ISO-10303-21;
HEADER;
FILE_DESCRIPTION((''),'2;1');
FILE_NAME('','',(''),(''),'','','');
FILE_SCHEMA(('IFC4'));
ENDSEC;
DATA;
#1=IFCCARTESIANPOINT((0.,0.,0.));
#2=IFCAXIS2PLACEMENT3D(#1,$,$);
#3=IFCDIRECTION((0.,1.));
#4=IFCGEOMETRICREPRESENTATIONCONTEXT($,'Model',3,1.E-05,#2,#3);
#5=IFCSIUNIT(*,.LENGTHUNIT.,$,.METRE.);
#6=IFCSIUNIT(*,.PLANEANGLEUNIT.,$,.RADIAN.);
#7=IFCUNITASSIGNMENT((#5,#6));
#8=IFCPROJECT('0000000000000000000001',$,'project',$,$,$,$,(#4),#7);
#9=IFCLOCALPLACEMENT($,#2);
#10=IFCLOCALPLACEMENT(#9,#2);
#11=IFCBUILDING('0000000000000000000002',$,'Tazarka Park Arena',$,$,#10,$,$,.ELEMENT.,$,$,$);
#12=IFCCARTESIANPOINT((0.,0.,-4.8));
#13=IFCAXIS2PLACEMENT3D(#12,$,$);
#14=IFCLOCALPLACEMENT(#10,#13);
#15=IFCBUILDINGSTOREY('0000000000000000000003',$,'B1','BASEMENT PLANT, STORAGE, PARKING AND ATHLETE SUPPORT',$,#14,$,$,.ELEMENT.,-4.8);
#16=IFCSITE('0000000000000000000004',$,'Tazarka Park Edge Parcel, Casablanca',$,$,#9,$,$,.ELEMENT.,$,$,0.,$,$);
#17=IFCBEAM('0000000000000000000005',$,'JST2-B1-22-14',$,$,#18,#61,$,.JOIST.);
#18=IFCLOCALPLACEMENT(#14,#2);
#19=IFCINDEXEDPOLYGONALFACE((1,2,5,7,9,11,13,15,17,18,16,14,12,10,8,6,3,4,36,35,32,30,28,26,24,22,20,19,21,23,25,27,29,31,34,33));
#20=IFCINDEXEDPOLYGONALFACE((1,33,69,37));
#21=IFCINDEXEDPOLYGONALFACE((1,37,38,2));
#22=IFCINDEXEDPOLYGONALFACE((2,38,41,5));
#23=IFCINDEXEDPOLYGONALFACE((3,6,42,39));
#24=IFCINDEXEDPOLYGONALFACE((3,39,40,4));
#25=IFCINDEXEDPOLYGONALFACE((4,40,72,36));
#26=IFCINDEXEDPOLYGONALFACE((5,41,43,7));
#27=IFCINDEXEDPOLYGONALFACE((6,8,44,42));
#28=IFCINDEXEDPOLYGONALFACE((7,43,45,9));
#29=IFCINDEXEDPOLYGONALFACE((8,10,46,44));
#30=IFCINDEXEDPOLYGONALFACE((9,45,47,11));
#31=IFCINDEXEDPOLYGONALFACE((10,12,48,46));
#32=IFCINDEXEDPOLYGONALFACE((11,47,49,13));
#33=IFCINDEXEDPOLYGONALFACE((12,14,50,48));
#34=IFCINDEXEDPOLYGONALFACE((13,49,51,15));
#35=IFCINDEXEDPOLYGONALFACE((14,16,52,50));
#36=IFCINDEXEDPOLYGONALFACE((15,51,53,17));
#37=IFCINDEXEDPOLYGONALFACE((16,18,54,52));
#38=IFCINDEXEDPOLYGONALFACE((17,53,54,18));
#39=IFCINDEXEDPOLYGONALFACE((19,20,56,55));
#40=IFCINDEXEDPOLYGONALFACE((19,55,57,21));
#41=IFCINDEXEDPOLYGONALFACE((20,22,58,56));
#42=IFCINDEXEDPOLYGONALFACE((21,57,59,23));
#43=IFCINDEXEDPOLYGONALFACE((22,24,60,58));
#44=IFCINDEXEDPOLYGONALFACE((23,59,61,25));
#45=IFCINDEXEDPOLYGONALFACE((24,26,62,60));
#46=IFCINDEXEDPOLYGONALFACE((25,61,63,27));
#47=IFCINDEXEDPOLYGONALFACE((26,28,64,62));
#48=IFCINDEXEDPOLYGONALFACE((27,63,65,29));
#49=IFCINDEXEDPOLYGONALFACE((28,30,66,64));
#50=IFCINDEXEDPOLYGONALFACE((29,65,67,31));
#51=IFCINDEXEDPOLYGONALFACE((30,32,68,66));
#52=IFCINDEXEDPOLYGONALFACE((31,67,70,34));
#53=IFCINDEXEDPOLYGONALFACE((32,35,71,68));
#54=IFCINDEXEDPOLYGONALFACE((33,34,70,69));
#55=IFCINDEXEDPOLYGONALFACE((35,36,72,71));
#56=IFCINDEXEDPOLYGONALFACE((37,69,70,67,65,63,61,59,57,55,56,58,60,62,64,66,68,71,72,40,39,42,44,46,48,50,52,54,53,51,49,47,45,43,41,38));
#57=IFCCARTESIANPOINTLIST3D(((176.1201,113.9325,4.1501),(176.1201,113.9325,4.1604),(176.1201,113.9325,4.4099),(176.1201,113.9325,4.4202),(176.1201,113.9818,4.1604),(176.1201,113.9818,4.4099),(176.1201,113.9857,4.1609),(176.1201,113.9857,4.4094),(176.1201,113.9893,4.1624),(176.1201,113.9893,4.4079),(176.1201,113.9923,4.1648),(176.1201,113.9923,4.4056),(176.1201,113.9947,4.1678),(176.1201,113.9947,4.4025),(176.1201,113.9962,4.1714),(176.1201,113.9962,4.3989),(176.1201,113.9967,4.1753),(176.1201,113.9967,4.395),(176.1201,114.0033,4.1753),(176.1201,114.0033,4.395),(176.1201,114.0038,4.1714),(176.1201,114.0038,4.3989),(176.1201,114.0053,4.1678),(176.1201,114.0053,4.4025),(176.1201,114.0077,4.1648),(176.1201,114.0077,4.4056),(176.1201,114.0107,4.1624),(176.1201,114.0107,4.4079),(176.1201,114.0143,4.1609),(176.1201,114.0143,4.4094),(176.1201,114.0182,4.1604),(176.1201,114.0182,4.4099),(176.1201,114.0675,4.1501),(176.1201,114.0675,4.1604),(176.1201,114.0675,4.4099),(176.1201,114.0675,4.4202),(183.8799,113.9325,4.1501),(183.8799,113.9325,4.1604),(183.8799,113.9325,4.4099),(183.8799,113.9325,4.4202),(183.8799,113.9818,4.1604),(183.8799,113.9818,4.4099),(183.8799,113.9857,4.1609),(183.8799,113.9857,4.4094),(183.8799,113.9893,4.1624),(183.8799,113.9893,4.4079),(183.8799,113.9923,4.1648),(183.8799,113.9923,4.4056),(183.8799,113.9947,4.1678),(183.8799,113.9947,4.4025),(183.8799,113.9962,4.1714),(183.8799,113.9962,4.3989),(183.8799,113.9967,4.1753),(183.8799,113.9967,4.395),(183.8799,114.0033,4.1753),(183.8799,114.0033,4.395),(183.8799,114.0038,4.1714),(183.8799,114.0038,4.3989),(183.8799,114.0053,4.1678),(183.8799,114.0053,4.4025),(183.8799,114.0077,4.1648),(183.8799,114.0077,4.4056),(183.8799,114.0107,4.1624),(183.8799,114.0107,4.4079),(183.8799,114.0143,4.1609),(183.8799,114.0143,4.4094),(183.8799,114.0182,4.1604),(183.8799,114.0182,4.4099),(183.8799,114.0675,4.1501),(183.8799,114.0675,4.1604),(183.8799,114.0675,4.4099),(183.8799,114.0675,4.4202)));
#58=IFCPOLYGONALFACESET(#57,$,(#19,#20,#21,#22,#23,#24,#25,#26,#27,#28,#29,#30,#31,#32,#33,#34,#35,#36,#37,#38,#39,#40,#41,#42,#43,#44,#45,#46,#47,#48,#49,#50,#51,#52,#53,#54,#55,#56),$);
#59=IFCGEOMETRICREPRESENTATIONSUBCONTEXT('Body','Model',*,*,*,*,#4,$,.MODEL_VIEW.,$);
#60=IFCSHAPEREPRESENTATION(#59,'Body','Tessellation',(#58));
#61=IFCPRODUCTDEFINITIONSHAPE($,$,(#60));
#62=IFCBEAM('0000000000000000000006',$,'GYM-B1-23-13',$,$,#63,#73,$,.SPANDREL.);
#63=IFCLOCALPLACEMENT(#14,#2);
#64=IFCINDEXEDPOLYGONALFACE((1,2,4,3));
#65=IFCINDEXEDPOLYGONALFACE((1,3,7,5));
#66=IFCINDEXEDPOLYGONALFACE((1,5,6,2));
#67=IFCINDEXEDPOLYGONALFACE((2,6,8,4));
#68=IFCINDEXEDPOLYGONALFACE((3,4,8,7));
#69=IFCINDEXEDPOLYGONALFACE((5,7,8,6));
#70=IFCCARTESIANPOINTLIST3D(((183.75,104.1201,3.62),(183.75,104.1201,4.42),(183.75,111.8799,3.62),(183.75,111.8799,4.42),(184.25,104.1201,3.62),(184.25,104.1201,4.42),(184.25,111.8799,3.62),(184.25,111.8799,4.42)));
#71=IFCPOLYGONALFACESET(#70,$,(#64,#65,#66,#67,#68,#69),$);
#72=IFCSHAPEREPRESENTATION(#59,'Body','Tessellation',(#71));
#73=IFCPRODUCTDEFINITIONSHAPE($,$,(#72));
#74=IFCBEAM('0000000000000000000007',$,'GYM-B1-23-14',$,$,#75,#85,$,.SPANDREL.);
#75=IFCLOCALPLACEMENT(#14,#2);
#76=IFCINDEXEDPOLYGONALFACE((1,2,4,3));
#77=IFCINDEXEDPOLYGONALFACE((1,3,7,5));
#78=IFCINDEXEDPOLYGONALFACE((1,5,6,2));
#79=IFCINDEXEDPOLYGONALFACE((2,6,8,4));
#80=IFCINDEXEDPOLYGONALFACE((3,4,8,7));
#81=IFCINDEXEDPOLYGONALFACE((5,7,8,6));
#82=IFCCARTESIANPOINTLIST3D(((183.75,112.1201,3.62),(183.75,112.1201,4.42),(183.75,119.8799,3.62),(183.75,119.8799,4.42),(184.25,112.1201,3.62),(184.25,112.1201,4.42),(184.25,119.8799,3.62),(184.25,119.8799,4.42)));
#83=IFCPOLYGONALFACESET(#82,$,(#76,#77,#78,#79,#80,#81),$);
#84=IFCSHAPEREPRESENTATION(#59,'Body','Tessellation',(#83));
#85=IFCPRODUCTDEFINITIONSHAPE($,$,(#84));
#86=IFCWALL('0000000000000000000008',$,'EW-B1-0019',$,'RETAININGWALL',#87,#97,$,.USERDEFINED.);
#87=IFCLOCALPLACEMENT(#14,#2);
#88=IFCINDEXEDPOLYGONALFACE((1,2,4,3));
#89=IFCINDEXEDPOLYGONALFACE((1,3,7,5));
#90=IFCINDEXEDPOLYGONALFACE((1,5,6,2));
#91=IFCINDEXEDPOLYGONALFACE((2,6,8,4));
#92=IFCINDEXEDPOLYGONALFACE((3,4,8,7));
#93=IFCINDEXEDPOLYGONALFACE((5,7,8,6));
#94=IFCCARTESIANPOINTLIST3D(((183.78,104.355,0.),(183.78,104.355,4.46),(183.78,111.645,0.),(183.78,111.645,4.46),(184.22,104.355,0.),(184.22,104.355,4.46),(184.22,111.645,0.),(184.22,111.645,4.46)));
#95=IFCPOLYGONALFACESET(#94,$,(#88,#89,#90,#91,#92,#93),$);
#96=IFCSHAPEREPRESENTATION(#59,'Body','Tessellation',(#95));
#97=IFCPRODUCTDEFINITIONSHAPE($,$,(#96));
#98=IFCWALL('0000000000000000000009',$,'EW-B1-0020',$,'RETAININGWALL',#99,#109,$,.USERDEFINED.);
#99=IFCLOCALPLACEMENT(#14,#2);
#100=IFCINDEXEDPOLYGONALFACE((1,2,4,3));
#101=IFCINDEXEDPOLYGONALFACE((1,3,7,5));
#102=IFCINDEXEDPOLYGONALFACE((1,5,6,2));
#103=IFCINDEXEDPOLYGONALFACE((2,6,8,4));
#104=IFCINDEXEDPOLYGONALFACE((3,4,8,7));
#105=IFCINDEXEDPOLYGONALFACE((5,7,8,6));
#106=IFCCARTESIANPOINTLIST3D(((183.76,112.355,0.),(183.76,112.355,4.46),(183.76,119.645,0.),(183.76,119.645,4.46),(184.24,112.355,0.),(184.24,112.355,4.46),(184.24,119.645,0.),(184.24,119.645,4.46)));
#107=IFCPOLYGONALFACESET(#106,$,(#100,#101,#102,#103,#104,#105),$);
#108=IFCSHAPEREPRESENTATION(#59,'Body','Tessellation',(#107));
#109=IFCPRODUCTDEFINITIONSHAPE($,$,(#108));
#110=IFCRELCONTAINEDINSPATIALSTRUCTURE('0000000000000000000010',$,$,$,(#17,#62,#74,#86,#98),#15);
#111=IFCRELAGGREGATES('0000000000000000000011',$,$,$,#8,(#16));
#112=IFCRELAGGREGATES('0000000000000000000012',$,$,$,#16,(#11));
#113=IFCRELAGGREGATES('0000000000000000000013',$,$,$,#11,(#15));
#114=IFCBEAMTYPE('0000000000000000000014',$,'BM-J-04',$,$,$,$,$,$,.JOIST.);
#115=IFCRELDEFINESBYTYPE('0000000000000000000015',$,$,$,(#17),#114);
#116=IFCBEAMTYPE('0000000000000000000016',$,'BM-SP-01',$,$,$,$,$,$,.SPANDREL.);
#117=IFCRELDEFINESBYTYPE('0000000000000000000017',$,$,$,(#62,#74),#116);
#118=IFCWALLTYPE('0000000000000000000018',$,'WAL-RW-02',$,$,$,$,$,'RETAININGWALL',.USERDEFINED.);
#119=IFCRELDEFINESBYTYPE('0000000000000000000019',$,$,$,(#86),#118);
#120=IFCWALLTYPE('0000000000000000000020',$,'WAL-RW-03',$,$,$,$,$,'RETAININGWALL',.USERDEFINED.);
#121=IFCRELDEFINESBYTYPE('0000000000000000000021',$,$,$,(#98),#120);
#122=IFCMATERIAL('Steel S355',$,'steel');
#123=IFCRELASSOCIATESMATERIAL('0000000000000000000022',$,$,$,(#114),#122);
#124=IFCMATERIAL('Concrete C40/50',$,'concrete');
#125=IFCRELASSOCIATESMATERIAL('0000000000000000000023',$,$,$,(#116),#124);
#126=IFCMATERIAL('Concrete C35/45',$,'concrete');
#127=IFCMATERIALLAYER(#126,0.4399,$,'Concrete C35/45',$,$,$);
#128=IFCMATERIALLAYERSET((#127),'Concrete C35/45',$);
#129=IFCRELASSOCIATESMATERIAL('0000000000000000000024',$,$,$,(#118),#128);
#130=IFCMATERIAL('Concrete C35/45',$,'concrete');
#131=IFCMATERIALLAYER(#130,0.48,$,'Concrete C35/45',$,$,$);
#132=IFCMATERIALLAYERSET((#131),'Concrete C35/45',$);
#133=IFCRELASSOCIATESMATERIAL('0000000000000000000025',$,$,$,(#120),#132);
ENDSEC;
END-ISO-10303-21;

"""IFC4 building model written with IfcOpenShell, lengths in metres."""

from ifc_helpers import new_model, si_unit, direction, frame, frame_2d, origin, origin_2d, place, context, subcontext, project, spatial, rectangle, i_section, extrude, material, layer, layer_set, material_profile, profile_set, type_object, element, save


model = new_model("IFC4")

# Units and contexts
model_context = context("Model", 3, precision=1e-05, world=origin(), true_north=direction((0.0, 1.0)))
body_context = subcontext(model_context, "Body", "Model", "MODEL_VIEW")
ifc_project = project(units=[si_unit("LENGTHUNIT", "METRE"), si_unit("PLANEANGLEUNIT", "RADIAN")], contexts=[model_context])

# Site, building, storey
site_placement = place(None, origin())
site = spatial("IfcSite", under=ifc_project, at=site_placement, Name="Tazarka Park Edge Parcel, Casablanca", CompositionType="ELEMENT", RefElevation=0.0)
building_placement = place(site_placement, origin())
building = spatial("IfcBuilding", under=site, at=building_placement, Name="Tazarka Park Arena", CompositionType="ELEMENT")
storey_placement = place(building_placement, frame((0.0, 0.0, -4.8)))
storey = spatial("IfcBuildingStorey", under=building, at=storey_placement, Name="B1", Description="BASEMENT PLANT, STORAGE, PARKING AND ATHLETE SUPPORT", CompositionType="ELEMENT", Elevation=-4.8)

# Beams
ifc_material_1 = material(Name="Steel S355", Category="steel")
ifc_material_profile_1 = material_profile(ifc_material_1, i_section(OverallWidth=0.135, OverallDepth=0.27, WebThickness=0.0066, FlangeThickness=0.0103, FilletRadius=0.0149, at=origin_2d()), Name="Steel S355")
ifc_profile_set_1 = profile_set([ifc_material_profile_1], Name="Steel S355")
beam_type_1 = type_object("IfcBeamType", Name="BM-J-04", PredefinedType="JOIST", material=ifc_profile_set_1)
beam_1_placement = place(storey_placement, frame((176.1201, 114.0, 4.2852), z_axis=(1.0, 0.0, 0.0), x_axis=(0.0, 1.0, 0.0)))
element("IfcBeam", 1, at=beam_1_placement, inside=storey, type_object=beam_type_1, Name="JST2-B1-22-14", PredefinedType="JOIST", context=body_context, shape_type="SweptSolid", body=[
    extrude(i_section(OverallWidth=0.135, OverallDepth=0.27, WebThickness=0.0066, FlangeThickness=0.0103, FilletRadius=0.0149, at=origin_2d()), origin(), (0.0, 0.0, 1.0), 7.7598),
])
ifc_material_2 = material(Name="Concrete C40/50", Category="concrete")
ifc_material_profile_2 = material_profile(ifc_material_2, rectangle(XDim=0.5, YDim=0.8, at=origin_2d()), Name="Concrete C40/50")
ifc_profile_set_2 = profile_set([ifc_material_profile_2], Name="Concrete C40/50")
beam_type_2 = type_object("IfcBeamType", Name="BM-SP-01", PredefinedType="SPANDREL", material=ifc_profile_set_2)
for number, where, z_axis, x_axis, name in (
    (2, (184.0, 104.1201, 4.02), (0.0, 1.0, 0.0), (-1.0, 0.0, 0.0), "GYM-B1-23-13"),
    (3, (184.0, 112.1201, 4.02), (0.0, 1.0, 0.0), (-1.0, 0.0, 0.0), "GYM-B1-23-14"),
):
    element("IfcBeam", number, at=place(storey_placement, frame(where, z_axis=z_axis, x_axis=x_axis)), inside=storey, type_object=beam_type_2, Name=name, PredefinedType="SPANDREL", context=body_context, shape_type="SweptSolid", body=[
        extrude(rectangle(XDim=0.5, YDim=0.8, at=origin_2d()), origin(), (0.0, 0.0, 1.0), 7.7598),
    ])

# Walls
ifc_material_3 = material(Name="Concrete C35/45", Category="concrete")
ifc_layer_1 = layer(ifc_material_3, 0.4399, Name="Concrete C35/45")
ifc_layer_set_1 = layer_set([ifc_layer_1], Name="Concrete C35/45")
wall_type_1 = type_object("IfcWallType", Name="WAL-RW-02", ElementType="RETAININGWALL", PredefinedType="USERDEFINED", material=ifc_layer_set_1)
wall_1_placement = place(storey_placement, frame((184.0, 111.645, 0.0), z_axis=(0.0, 0.0, 1.0), x_axis=(0.0, -1.0, 0.0)))
element("IfcWall", 4, at=wall_1_placement, inside=storey, type_object=wall_type_1, Name="EW-B1-0019", ObjectType="RETAININGWALL", PredefinedType="USERDEFINED", context=body_context, shape_type="SweptSolid", body=[
    extrude(rectangle(XDim=7.29, YDim=0.4399, at=frame_2d((3.645, 0.0))), origin(), (0.0, 0.0, 1.0), 4.46),
])
ifc_material_4 = material(Name="Concrete C35/45", Category="concrete")
ifc_layer_2 = layer(ifc_material_4, 0.48, Name="Concrete C35/45")
ifc_layer_set_2 = layer_set([ifc_layer_2], Name="Concrete C35/45")
wall_type_2 = type_object("IfcWallType", Name="WAL-RW-03", ElementType="RETAININGWALL", PredefinedType="USERDEFINED", material=ifc_layer_set_2)
wall_2_placement = place(storey_placement, frame((184.0, 119.645, 0.0), z_axis=(0.0, 0.0, 1.0), x_axis=(0.0, -1.0, 0.0)))
element("IfcWall", 5, at=wall_2_placement, inside=storey, type_object=wall_type_2, Name="EW-B1-0020", ObjectType="RETAININGWALL", PredefinedType="USERDEFINED", context=body_context, shape_type="SweptSolid", body=[
    extrude(rectangle(XDim=7.29, YDim=0.48, at=frame_2d((3.645, 0.0))), origin(), (0.0, 0.0, 1.0), 4.46),
])

save(model, "model.ifc")
